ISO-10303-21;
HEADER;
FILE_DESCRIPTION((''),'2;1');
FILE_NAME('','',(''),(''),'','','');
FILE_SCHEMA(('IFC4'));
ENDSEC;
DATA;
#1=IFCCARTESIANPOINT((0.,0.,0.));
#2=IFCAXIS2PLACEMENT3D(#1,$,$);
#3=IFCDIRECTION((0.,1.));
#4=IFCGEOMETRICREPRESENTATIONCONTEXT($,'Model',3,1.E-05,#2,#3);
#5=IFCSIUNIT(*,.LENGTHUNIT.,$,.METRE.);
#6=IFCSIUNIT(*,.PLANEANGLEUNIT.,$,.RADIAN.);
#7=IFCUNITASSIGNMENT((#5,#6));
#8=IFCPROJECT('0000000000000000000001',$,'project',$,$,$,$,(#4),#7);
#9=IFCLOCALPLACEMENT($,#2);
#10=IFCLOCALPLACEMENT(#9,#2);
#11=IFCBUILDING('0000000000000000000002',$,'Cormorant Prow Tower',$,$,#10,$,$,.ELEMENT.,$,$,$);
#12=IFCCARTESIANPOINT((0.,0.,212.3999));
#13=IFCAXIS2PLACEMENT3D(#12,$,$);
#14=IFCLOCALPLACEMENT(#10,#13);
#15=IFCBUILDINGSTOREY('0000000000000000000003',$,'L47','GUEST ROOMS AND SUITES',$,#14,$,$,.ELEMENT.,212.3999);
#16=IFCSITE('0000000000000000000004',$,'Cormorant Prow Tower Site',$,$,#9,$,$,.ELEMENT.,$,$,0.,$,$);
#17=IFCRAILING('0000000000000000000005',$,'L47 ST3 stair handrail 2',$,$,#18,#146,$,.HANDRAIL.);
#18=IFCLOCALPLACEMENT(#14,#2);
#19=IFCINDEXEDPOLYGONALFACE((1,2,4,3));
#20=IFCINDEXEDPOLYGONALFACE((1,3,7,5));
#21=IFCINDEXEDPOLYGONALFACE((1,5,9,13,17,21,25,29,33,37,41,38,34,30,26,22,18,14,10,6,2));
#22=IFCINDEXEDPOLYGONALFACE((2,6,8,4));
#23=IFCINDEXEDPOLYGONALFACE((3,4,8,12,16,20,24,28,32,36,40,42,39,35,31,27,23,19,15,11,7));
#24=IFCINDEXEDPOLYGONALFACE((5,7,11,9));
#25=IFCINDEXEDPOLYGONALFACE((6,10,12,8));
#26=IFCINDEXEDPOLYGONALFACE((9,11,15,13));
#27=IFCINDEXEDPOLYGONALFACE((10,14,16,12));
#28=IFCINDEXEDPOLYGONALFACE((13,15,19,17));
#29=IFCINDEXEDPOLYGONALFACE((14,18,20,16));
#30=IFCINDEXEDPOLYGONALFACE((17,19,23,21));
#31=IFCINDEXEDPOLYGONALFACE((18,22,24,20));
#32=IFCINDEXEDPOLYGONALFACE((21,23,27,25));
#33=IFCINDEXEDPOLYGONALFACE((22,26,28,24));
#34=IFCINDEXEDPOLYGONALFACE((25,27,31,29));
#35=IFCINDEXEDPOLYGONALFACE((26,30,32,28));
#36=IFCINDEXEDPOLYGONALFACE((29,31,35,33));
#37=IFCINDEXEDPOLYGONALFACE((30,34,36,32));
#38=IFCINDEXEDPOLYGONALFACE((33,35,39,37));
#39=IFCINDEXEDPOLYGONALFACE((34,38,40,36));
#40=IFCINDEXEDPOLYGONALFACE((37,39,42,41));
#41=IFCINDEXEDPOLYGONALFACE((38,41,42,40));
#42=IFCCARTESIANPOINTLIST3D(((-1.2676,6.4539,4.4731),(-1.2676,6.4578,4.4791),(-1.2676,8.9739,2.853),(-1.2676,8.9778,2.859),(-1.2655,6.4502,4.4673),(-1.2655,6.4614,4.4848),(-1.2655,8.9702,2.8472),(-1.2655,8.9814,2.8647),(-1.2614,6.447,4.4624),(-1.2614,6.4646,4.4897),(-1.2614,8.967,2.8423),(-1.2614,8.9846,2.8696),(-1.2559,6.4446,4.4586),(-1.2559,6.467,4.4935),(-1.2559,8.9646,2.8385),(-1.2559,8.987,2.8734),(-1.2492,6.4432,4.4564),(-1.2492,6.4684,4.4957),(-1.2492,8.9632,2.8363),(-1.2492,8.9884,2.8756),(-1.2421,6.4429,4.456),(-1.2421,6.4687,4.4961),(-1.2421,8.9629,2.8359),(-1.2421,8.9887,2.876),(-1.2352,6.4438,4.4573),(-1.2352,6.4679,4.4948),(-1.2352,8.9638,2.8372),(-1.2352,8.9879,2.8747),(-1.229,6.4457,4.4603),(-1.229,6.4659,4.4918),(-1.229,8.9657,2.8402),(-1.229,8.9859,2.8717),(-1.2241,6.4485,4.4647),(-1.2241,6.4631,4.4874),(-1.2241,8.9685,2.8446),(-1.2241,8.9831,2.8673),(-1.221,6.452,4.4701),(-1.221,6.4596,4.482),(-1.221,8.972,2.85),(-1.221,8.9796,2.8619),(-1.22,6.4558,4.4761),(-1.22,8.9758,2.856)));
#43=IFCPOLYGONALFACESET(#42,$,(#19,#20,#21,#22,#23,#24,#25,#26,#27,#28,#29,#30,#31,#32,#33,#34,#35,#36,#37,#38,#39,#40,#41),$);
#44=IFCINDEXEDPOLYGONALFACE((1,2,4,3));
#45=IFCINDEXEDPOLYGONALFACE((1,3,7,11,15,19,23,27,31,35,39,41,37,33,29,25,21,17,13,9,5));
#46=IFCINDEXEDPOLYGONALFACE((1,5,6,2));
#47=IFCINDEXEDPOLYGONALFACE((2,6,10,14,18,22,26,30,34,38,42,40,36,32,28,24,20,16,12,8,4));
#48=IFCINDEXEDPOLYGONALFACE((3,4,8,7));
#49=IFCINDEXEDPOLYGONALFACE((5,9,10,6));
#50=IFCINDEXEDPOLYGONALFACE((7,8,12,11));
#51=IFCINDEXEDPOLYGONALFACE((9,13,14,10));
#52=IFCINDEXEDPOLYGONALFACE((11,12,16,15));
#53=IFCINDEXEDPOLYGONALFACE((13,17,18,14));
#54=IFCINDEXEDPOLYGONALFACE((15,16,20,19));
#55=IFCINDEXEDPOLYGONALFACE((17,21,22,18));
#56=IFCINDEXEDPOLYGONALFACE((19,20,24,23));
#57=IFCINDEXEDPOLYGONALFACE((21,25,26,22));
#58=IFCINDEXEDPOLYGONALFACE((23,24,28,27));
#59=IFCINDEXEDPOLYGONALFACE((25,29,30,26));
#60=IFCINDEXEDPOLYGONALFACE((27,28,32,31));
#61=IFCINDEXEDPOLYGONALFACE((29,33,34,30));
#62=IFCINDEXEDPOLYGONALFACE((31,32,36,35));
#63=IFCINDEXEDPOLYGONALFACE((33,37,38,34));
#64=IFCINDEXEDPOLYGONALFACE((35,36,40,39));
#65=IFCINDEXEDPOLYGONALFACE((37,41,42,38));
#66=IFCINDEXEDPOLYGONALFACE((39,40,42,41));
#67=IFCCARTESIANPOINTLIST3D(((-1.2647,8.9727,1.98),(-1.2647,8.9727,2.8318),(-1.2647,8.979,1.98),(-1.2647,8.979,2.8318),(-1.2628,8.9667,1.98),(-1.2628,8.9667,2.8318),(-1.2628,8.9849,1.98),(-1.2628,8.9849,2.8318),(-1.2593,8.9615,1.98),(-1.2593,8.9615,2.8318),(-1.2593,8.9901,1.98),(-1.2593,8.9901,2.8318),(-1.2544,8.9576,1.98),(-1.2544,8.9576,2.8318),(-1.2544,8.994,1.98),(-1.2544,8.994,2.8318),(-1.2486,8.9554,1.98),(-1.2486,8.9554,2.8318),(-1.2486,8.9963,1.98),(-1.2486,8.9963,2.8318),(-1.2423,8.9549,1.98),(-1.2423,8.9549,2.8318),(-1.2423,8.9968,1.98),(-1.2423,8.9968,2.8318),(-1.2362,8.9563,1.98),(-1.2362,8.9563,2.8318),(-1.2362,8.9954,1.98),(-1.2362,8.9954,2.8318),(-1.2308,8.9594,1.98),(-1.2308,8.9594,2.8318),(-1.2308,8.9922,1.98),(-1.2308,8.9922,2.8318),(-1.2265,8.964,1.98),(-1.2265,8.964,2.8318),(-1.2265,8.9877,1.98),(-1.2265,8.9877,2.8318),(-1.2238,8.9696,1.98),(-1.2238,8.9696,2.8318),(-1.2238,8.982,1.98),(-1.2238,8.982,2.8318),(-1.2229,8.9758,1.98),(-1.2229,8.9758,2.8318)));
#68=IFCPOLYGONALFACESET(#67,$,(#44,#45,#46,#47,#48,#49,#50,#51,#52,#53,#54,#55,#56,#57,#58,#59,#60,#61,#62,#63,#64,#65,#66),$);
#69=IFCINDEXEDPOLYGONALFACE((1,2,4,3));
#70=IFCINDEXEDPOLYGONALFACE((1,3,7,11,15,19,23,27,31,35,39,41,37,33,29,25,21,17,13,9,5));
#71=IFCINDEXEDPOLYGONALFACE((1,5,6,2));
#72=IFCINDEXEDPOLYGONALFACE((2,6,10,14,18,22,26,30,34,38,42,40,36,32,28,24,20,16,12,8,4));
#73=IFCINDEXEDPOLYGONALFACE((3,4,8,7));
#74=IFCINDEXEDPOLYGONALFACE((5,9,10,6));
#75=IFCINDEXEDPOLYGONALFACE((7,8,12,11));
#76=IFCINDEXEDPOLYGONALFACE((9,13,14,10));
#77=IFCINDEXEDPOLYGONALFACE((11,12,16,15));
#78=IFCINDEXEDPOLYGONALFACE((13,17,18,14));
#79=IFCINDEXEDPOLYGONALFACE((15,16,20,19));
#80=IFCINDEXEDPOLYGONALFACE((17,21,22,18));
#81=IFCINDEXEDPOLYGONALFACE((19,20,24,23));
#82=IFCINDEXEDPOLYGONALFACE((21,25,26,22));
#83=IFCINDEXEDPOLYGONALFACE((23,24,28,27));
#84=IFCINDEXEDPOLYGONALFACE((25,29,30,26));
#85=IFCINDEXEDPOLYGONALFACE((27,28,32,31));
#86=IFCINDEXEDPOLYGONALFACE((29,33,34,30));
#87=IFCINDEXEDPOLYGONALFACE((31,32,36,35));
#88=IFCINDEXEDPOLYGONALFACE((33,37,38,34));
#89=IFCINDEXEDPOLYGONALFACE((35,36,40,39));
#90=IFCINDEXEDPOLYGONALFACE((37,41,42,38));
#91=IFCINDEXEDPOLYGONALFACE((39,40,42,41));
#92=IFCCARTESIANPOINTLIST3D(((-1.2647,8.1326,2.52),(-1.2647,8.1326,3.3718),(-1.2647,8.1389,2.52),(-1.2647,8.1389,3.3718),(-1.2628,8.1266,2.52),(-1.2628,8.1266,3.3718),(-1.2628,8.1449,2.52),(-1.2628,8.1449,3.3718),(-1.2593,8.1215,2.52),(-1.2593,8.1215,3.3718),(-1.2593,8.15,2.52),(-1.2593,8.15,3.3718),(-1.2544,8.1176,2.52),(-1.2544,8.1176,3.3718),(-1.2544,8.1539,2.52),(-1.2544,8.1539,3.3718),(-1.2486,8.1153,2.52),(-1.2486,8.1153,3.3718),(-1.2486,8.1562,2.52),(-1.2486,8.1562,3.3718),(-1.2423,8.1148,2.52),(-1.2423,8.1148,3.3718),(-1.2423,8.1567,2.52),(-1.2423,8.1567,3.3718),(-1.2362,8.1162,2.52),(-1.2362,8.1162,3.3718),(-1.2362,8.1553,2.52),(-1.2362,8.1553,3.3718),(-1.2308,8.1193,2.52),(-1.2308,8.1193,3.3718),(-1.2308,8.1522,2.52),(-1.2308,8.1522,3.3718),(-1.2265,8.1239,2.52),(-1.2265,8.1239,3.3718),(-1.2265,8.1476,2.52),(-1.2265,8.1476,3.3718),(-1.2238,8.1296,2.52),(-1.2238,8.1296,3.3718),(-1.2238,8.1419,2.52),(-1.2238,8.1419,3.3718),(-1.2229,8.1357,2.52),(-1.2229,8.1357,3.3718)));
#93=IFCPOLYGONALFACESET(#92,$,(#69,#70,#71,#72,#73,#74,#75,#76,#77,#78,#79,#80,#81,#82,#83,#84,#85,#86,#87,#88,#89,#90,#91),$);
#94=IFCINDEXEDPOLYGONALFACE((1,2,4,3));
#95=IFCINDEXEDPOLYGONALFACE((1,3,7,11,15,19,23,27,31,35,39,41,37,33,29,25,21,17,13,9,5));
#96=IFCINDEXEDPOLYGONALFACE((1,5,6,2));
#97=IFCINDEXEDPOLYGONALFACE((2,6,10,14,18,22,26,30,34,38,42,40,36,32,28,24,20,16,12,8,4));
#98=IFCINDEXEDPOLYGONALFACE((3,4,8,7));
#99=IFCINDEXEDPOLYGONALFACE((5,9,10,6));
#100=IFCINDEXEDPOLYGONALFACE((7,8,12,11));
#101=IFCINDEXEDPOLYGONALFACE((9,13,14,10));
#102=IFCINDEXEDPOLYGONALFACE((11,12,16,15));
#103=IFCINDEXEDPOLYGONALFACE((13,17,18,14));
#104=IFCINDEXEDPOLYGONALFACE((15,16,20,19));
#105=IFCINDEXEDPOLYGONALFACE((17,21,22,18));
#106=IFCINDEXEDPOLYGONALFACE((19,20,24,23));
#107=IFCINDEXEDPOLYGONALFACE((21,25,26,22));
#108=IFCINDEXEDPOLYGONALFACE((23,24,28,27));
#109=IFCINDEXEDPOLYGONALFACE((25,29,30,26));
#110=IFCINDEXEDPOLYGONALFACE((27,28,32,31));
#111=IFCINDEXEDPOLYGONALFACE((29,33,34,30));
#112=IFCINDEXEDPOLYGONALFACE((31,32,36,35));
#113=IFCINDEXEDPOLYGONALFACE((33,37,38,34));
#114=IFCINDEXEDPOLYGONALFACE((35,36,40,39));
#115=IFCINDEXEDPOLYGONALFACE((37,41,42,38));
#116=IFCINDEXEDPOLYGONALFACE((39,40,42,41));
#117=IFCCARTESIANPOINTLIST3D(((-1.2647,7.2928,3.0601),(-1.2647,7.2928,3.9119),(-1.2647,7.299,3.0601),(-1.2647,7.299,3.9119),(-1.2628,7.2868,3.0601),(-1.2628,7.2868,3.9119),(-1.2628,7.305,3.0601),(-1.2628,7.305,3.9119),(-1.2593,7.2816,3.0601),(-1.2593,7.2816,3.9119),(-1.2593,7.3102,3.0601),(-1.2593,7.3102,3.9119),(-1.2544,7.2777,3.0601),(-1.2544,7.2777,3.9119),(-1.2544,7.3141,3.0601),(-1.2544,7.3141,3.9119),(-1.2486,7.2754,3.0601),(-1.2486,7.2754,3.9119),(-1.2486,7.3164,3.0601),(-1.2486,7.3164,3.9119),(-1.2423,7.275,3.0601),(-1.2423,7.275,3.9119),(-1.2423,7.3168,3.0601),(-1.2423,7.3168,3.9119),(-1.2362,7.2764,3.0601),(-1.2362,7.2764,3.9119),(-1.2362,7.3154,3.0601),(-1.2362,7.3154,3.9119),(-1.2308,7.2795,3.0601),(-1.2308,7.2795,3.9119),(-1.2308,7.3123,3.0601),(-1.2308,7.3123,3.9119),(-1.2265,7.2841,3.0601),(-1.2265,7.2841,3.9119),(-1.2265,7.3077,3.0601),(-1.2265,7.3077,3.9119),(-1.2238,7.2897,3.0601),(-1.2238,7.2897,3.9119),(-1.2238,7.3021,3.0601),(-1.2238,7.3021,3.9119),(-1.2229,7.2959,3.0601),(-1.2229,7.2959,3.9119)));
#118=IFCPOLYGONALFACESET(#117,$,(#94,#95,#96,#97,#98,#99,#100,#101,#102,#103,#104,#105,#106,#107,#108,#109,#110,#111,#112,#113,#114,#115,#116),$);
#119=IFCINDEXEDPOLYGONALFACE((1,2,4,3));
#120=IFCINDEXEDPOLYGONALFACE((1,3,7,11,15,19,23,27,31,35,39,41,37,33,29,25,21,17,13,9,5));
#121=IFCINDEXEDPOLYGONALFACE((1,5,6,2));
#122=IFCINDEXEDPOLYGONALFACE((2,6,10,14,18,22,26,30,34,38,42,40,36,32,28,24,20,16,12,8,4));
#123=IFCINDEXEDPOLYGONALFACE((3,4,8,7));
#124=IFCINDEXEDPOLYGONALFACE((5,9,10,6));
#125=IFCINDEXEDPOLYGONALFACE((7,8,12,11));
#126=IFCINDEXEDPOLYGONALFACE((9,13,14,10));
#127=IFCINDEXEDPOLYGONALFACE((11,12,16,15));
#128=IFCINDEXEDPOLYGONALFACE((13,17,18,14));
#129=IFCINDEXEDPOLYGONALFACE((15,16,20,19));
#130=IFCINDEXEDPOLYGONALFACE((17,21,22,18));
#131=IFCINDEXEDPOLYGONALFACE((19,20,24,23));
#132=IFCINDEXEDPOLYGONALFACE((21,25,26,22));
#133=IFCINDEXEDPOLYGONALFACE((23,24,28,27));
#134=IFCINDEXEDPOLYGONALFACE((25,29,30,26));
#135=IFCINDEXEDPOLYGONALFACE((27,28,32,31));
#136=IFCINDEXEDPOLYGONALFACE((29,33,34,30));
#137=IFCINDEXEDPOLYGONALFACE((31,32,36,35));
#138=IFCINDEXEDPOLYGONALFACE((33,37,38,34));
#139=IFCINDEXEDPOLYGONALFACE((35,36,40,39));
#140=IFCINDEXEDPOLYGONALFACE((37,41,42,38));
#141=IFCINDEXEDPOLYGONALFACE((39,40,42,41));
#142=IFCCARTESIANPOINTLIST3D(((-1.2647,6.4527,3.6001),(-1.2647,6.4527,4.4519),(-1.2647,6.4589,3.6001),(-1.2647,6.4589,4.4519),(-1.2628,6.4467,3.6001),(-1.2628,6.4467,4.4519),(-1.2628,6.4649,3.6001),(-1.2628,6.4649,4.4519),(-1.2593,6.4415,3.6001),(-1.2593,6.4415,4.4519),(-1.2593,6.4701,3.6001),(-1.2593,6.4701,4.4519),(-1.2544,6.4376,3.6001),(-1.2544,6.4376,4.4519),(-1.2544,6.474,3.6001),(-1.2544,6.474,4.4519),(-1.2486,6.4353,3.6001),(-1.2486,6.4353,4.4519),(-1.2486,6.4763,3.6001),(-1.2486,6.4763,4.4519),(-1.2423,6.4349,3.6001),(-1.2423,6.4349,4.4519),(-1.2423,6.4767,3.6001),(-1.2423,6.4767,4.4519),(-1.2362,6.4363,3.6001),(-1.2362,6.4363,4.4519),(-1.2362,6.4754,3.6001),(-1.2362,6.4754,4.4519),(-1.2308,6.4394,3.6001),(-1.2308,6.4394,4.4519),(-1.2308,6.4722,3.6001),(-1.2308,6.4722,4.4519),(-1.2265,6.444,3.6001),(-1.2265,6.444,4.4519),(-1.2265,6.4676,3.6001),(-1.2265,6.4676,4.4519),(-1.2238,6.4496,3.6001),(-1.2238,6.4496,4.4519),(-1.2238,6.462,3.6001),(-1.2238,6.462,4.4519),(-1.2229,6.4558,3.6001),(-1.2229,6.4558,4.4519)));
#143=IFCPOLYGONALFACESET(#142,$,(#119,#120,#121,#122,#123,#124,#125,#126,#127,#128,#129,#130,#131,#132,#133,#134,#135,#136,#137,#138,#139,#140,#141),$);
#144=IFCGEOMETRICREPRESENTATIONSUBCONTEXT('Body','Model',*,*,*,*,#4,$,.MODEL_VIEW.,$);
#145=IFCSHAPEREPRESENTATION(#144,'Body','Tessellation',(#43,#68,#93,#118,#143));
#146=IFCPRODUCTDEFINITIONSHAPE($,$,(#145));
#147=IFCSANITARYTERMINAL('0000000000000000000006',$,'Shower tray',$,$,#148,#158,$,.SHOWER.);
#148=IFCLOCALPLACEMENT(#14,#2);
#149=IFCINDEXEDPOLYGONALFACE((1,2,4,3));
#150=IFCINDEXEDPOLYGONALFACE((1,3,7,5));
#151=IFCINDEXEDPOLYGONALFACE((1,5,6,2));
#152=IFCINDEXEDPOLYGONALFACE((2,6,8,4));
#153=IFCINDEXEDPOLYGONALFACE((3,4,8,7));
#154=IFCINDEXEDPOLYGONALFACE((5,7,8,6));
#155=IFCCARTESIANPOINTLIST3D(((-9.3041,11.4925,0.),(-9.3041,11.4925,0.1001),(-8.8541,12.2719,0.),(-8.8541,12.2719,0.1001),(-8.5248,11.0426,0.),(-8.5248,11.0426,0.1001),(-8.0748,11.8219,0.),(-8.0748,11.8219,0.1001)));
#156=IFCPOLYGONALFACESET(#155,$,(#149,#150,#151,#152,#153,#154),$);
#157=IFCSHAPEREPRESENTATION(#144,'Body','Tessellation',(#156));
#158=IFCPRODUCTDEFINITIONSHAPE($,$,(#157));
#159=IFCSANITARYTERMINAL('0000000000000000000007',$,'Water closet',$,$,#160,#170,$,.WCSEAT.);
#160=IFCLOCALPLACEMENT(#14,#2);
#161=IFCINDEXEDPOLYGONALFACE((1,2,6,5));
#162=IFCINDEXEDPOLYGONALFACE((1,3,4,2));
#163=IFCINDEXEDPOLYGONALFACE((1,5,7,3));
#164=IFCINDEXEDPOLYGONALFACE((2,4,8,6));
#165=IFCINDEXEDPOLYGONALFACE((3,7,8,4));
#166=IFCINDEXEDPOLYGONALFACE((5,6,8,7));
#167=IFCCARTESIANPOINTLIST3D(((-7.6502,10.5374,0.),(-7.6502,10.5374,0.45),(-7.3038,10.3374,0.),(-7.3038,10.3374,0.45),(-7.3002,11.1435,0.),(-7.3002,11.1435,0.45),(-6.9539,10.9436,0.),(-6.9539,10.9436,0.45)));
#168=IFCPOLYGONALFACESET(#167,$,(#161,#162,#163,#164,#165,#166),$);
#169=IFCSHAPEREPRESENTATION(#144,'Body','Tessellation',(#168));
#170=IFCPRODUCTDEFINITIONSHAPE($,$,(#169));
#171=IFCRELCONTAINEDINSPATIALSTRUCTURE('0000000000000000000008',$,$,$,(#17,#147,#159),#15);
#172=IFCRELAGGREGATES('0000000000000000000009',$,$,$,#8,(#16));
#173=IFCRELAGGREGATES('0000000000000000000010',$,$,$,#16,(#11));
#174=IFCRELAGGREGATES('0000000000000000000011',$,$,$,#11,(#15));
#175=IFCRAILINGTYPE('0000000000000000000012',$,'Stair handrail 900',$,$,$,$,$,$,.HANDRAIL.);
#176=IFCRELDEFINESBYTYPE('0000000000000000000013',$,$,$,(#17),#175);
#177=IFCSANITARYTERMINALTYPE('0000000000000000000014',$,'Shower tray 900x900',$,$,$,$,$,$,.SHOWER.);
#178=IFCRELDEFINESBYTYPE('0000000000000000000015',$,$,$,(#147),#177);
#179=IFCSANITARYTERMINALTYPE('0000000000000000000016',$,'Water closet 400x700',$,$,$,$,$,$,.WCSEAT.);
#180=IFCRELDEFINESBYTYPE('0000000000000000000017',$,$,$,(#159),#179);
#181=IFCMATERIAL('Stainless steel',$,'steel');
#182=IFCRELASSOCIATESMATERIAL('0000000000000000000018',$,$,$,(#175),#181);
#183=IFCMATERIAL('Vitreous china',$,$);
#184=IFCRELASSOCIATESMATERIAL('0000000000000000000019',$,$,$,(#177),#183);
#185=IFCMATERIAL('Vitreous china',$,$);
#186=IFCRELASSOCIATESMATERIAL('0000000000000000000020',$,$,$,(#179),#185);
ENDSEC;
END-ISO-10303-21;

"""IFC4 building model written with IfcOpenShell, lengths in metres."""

from ifc_helpers import new_model, si_unit, direction, frame, origin, origin_2d, place, context, subcontext, project, spatial, rectangle, circle, extrude, material, type_object, element, save


model = new_model("IFC4")

# Units and contexts
model_context = context("Model", 3, precision=1e-05, world=origin(), true_north=direction((0.0, 1.0)))
body_context = subcontext(model_context, "Body", "Model", "MODEL_VIEW")
ifc_project = project(units=[si_unit("LENGTHUNIT", "METRE"), si_unit("PLANEANGLEUNIT", "RADIAN")], contexts=[model_context])

# Site, building, storey
site_placement = place(None, origin())
site = spatial("IfcSite", under=ifc_project, at=site_placement, Name="Cormorant Prow Tower Site", CompositionType="ELEMENT", RefElevation=0.0)
building_placement = place(site_placement, origin())
building = spatial("IfcBuilding", under=site, at=building_placement, Name="Cormorant Prow Tower", CompositionType="ELEMENT")
storey_placement = place(building_placement, frame((0.0, 0.0, 212.3999)))
storey = spatial("IfcBuildingStorey", under=building, at=storey_placement, Name="L47", Description="GUEST ROOMS AND SUITES", CompositionType="ELEMENT", Elevation=212.3999)

# Railing
ifc_material_1 = material(Name="Stainless steel", Category="steel")
railing_type = type_object("IfcRailingType", Name="Stair handrail 900", PredefinedType="HANDRAIL", material=ifc_material_1)
railing_placement = place(storey_placement, frame((-1.2439, 8.9758, 1.98)))
element("IfcRailing", 1, at=railing_placement, inside=storey, type_object=railing_type, Name="L47 ST3 stair handrail 2", PredefinedType="HANDRAIL", context=body_context, shape_type="SweptSolid", body=[
    extrude(circle(Radius=0.0239, at=origin_2d()), frame((0.0, 0.0, 0.876), z_axis=(0.0, -0.841163, 0.540782), x_axis=(1.0, 0.0, 0.0)), (0.0, 0.0, 1.0), 2.9958),
    extrude(circle(Radius=0.021, at=origin_2d()), origin(), (0.0, 0.0, 1.0), 0.8518),
    extrude(circle(Radius=0.021, at=origin_2d()), frame((0.0, -0.8401, 0.54)), (0.0, 0.0, 1.0), 0.8518),
    extrude(circle(Radius=0.021, at=origin_2d()), frame((0.0, -1.6799, 1.0801)), (0.0, 0.0, 1.0), 0.8518),
    extrude(circle(Radius=0.021, at=origin_2d()), frame((0.0, -2.52, 1.6201)), (0.0, 0.0, 1.0), 0.8518),
])

# Sanitary terminals
ifc_material_2 = material(Name="Vitreous china")
sanitary_terminal_type_1 = type_object("IfcSanitaryTerminalType", Name="Shower tray 900x900", PredefinedType="SHOWER", material=ifc_material_2)
sanitary_terminal_1_placement = place(storey_placement, frame((-8.6895, 11.6572, 0.0), z_axis=(0.0, 0.0, 1.0), x_axis=(0.5, 0.866025, 0.0)))
element("IfcSanitaryTerminal", 2, at=sanitary_terminal_1_placement, inside=storey, type_object=sanitary_terminal_type_1, Name="Shower tray", PredefinedType="SHOWER", context=body_context, shape_type="SweptSolid", body=[
    extrude(rectangle(XDim=0.8999, YDim=0.8999, at=origin_2d()), origin(), (0.0, 0.0, 1.0), 0.1001),
])
ifc_material_3 = material(Name="Vitreous china")
sanitary_terminal_type_2 = type_object("IfcSanitaryTerminalType", Name="Water closet 400x700", PredefinedType="WCSEAT", material=ifc_material_3)
sanitary_terminal_2_placement = place(storey_placement, frame((-7.302, 10.7405, 0.0), z_axis=(0.0, 0.0, 1.0), x_axis=(-0.866025, 0.5, 0.0)))
element("IfcSanitaryTerminal", 3, at=sanitary_terminal_2_placement, inside=storey, type_object=sanitary_terminal_type_2, Name="Water closet", PredefinedType="WCSEAT", context=body_context, shape_type="SweptSolid", body=[
    extrude(rectangle(XDim=0.3999, YDim=0.7, at=origin_2d()), origin(), (0.0, 0.0, 1.0), 0.45),
])

save(model, "model.ifc")
